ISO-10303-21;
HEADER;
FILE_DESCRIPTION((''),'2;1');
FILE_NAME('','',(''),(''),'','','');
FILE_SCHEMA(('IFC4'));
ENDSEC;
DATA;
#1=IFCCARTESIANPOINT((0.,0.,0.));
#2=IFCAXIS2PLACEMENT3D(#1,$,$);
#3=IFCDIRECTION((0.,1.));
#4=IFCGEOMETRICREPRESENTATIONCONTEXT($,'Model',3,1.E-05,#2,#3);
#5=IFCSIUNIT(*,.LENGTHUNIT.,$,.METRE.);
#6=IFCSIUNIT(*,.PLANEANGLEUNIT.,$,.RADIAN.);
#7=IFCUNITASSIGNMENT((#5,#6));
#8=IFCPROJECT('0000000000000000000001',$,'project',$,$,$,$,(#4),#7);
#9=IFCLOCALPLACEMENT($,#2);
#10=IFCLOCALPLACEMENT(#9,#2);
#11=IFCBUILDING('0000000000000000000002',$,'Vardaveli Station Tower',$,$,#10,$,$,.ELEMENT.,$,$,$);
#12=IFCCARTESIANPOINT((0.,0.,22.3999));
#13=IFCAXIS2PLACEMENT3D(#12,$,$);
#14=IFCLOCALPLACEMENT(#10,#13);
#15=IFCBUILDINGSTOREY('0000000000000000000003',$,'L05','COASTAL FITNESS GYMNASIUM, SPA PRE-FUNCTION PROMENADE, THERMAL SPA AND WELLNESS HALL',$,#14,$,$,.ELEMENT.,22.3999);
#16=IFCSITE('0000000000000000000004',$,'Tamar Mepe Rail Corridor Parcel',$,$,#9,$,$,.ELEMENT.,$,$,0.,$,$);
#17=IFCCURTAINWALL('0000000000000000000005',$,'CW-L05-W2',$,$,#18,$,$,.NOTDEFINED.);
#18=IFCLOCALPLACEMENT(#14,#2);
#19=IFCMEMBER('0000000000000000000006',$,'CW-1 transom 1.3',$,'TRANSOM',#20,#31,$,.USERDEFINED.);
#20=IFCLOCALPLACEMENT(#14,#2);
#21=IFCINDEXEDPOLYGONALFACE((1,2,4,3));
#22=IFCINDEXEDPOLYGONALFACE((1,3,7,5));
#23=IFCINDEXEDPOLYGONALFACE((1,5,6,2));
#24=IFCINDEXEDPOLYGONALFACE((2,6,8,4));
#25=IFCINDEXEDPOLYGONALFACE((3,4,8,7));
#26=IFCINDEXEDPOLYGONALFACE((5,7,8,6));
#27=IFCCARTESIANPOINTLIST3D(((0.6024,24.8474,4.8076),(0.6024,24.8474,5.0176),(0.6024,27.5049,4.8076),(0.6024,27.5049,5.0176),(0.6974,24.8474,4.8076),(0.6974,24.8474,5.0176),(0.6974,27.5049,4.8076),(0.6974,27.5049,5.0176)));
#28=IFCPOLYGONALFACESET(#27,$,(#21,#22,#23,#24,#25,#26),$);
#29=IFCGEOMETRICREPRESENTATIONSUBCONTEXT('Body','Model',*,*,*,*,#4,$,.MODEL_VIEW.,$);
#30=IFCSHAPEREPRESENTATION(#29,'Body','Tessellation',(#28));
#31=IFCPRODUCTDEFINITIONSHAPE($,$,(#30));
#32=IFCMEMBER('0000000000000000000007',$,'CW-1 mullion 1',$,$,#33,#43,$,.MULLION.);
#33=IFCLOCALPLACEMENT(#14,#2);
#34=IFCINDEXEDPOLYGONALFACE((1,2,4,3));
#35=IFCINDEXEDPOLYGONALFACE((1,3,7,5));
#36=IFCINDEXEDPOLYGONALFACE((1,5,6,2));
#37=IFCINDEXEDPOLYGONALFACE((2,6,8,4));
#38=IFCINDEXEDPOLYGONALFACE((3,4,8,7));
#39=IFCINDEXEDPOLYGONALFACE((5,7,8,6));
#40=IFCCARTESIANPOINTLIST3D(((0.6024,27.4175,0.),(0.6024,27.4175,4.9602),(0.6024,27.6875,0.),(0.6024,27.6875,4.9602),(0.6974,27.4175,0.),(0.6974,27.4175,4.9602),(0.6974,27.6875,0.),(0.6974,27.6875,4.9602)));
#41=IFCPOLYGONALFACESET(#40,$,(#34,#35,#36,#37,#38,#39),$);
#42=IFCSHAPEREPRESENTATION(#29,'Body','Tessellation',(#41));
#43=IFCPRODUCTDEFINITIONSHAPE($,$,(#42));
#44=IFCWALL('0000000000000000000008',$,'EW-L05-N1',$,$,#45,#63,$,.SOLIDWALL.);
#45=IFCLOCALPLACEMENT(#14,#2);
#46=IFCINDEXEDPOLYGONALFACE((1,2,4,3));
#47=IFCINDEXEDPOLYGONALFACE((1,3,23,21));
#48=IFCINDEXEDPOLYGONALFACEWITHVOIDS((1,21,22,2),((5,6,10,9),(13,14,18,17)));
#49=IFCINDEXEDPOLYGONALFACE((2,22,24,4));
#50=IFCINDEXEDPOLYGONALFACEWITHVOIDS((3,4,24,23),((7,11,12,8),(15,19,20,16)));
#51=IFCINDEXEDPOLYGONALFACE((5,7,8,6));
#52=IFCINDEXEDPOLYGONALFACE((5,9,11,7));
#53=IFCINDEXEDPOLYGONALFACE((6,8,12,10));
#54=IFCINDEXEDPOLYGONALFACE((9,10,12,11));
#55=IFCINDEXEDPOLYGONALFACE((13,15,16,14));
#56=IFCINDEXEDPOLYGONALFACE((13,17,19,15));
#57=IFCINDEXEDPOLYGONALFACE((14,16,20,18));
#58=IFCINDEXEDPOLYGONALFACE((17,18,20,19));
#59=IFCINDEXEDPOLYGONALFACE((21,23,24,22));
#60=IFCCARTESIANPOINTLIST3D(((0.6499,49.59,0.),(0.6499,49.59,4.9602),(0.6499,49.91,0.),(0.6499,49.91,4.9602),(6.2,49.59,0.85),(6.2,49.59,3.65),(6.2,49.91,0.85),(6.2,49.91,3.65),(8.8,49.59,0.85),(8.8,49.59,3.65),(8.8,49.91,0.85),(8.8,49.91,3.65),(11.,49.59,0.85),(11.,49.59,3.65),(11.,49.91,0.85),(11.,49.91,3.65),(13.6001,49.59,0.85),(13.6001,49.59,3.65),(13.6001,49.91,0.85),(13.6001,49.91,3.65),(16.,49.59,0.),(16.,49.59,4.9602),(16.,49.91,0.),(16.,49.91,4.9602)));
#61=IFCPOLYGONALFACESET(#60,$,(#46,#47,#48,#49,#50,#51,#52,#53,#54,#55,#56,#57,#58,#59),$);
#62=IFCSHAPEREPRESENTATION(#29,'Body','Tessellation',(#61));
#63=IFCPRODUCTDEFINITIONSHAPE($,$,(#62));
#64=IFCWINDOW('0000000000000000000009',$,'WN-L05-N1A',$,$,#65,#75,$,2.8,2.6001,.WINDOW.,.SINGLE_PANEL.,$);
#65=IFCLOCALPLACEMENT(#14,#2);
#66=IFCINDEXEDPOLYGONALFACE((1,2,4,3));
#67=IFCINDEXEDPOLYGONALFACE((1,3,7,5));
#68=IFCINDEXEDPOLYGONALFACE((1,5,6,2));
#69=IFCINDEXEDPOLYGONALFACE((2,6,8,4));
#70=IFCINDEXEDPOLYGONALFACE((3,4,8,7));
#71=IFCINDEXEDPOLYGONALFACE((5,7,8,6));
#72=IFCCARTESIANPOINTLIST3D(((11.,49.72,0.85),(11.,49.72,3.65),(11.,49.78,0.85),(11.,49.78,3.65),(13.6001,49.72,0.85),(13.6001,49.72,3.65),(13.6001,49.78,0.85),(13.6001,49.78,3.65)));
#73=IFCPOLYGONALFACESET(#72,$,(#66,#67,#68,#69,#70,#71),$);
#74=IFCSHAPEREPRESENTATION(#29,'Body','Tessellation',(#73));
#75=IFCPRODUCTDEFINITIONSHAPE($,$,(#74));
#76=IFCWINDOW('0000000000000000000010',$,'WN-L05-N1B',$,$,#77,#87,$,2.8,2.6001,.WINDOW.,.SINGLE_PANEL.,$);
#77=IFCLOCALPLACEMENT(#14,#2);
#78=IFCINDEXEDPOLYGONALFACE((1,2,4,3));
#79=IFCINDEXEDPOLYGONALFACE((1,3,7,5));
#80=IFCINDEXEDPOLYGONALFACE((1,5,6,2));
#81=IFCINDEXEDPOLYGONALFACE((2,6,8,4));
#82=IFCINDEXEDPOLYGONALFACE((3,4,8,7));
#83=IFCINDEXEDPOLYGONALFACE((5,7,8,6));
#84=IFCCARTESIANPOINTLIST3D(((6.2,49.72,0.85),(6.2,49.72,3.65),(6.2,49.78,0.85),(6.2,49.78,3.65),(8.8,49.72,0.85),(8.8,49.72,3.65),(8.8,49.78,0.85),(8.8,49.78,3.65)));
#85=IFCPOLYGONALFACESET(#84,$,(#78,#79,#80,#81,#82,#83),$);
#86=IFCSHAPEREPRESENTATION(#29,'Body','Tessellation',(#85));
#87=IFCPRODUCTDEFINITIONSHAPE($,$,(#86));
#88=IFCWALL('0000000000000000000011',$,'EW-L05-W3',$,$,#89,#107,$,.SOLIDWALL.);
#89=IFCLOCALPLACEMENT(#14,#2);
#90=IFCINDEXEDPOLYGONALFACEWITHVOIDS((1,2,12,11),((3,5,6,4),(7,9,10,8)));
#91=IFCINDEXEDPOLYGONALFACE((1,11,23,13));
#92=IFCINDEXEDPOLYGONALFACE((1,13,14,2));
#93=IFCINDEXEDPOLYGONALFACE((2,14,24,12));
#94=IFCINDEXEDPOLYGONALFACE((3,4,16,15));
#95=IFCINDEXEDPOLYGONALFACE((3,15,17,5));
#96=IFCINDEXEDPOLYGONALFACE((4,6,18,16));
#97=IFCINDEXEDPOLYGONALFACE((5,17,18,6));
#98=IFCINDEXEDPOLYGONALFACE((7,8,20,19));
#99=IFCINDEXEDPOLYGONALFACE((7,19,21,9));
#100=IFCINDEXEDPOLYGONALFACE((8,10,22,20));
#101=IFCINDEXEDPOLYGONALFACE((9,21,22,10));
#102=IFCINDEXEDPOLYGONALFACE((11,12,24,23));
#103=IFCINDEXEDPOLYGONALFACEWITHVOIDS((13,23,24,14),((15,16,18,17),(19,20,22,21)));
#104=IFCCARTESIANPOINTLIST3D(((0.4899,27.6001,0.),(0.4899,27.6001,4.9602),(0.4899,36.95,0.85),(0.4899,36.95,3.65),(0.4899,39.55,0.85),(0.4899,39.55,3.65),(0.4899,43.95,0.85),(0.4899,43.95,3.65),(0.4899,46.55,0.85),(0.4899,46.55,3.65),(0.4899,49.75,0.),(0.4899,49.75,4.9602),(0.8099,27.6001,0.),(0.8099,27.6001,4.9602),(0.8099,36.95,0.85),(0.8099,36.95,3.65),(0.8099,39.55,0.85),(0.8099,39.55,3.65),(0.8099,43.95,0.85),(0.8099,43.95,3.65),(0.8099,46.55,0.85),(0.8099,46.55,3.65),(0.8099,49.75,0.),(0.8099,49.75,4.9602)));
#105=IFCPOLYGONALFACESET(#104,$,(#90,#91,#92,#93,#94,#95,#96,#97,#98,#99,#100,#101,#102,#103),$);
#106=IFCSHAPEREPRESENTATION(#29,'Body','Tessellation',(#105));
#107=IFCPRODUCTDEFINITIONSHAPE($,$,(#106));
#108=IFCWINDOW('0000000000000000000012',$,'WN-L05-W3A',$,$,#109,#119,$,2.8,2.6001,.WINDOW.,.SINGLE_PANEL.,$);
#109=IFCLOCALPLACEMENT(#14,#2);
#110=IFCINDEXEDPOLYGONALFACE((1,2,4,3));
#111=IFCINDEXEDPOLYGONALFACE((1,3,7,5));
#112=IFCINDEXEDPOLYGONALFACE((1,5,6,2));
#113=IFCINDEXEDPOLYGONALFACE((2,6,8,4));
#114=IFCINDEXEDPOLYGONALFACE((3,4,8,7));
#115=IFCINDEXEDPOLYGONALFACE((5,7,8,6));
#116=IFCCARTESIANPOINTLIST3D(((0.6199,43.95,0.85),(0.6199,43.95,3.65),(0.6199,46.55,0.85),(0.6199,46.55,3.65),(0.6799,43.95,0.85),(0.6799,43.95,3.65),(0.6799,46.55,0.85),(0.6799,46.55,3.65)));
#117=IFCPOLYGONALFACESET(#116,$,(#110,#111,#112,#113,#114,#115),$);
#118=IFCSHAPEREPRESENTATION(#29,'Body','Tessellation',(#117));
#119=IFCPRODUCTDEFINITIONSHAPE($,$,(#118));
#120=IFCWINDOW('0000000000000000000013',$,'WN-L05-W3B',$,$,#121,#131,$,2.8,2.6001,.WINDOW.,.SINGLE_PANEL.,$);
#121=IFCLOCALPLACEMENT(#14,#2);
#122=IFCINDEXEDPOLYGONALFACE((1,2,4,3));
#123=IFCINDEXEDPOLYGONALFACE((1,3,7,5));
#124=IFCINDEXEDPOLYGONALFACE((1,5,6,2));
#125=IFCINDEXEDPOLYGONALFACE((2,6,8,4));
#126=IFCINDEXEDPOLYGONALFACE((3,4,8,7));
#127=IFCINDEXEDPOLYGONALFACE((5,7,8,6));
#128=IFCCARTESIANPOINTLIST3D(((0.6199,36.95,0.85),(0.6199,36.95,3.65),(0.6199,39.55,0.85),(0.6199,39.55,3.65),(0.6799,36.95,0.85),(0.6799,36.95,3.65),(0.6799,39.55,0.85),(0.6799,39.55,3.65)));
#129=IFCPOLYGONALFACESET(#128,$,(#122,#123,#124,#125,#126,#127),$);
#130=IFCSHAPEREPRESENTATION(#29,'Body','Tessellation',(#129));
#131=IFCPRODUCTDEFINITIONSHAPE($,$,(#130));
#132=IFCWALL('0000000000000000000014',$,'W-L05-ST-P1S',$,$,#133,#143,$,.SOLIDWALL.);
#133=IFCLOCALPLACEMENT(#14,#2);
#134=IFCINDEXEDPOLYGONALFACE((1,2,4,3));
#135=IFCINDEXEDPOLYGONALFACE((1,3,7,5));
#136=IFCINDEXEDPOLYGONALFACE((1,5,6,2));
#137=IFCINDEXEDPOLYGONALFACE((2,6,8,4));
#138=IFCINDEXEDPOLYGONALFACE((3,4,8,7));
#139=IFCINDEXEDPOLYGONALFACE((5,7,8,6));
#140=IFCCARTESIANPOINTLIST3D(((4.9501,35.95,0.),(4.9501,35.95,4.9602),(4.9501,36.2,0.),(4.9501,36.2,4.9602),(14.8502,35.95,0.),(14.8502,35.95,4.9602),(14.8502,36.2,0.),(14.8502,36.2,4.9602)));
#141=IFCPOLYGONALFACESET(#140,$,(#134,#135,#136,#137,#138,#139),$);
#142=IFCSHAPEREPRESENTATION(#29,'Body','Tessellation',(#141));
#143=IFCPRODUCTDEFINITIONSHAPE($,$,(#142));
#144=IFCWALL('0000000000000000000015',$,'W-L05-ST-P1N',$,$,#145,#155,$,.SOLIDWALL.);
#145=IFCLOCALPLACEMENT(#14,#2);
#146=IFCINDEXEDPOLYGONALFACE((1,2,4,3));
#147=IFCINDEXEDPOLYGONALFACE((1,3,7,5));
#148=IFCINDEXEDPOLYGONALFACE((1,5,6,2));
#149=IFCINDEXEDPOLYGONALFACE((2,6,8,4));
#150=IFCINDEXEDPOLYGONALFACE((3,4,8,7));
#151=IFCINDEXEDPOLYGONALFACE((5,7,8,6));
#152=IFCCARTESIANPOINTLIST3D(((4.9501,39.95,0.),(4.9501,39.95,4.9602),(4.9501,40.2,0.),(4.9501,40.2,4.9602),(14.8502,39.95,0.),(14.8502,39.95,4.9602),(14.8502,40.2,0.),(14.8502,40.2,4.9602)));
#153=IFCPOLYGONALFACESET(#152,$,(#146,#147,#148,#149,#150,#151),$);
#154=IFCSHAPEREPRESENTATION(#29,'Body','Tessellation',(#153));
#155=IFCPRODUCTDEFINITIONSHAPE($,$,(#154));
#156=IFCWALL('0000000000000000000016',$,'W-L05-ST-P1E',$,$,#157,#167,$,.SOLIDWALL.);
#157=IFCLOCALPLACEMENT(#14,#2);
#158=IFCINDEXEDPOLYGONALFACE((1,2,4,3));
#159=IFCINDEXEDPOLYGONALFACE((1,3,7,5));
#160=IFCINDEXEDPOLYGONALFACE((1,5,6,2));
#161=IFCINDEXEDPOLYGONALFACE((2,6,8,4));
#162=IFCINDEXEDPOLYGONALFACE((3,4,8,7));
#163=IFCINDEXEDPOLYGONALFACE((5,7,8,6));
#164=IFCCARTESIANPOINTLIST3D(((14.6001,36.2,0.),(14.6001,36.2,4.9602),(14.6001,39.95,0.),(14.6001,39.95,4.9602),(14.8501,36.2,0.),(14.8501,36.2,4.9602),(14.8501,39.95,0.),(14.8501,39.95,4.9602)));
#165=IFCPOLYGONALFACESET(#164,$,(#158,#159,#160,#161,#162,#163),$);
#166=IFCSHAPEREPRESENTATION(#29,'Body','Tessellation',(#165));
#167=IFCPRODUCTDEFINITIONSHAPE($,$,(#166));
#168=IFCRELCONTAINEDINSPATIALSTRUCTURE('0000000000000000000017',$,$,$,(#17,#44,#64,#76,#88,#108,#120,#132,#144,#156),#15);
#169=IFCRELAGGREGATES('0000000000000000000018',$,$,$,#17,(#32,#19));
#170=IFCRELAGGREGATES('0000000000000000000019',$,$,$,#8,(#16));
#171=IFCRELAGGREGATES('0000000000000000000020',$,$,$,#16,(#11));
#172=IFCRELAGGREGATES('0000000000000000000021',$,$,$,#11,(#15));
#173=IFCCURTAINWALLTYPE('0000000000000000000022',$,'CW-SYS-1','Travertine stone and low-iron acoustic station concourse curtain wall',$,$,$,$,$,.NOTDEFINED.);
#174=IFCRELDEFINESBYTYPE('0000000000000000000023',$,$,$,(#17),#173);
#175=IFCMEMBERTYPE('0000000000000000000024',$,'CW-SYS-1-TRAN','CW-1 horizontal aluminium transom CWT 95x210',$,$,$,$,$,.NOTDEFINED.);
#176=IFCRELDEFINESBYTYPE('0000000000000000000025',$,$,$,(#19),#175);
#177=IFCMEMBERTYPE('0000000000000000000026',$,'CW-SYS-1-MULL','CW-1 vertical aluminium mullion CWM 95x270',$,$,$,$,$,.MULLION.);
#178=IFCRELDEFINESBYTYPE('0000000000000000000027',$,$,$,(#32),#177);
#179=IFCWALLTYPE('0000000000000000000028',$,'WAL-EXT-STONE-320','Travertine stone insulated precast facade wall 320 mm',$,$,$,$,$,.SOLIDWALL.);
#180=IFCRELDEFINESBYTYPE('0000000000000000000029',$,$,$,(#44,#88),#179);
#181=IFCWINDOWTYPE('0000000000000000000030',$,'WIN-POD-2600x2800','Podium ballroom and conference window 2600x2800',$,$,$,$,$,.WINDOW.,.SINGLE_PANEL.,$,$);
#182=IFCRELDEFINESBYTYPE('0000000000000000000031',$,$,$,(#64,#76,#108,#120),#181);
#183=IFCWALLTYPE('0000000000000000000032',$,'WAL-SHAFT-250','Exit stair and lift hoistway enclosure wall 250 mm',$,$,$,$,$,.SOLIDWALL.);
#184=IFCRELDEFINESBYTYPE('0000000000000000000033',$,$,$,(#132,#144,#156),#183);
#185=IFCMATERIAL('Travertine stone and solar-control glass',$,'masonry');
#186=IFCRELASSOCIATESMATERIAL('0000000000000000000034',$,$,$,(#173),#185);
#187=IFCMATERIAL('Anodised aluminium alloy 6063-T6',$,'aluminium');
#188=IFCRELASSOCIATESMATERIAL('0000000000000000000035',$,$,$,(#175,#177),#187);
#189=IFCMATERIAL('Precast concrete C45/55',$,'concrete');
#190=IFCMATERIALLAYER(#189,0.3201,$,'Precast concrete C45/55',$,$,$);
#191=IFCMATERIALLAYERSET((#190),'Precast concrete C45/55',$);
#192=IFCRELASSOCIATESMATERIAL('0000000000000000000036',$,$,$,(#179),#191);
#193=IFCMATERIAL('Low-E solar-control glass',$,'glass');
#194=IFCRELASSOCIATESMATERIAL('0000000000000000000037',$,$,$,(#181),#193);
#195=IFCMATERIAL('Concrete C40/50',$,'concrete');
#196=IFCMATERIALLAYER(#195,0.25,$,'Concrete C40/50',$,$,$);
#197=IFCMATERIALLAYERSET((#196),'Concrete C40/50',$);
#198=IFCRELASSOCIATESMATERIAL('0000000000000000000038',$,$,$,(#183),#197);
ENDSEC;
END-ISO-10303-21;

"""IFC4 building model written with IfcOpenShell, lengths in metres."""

from ifc_helpers import new_model, si_unit, direction, frame, frame_2d, origin, origin_2d, place, context, subcontext, project, spatial, rectangle, extrude, source, transform, mapped, material, layer, layer_set, material_profile, profile_set, type_object, element, fill, aggregate, save


model = new_model("IFC4")

# Units and contexts
model_context = context("Model", 3, precision=1e-05, world=origin(), true_north=direction((0.0, 1.0)))
body_context = subcontext(model_context, "Body", "Model", "MODEL_VIEW")
ifc_project = project(units=[si_unit("LENGTHUNIT", "METRE"), si_unit("PLANEANGLEUNIT", "RADIAN")], contexts=[model_context])

# Site, building, storey
site_placement = place(None, origin())
site = spatial("IfcSite", under=ifc_project, at=site_placement, Name="Tamar Mepe Rail Corridor Parcel", CompositionType="ELEMENT", RefElevation=0.0)
building_placement = place(site_placement, origin())
building = spatial("IfcBuilding", under=site, at=building_placement, Name="Vardaveli Station Tower", CompositionType="ELEMENT")
storey_placement = place(building_placement, frame((0.0, 0.0, 22.3999)))
storey = spatial("IfcBuildingStorey", under=building, at=storey_placement, Name="L05", Description="COASTAL FITNESS GYMNASIUM, SPA PRE-FUNCTION PROMENADE, THERMAL SPA AND WELLNESS HALL", CompositionType="ELEMENT", Elevation=22.3999)

# Curtain wall, members
ifc_material_1 = material(Name="Travertine stone and solar-control glass", Category="masonry")
curtain_wall_type = type_object("IfcCurtainWallType", Name="CW-SYS-1", Description="Travertine stone and low-iron acoustic station concourse curtain wall", PredefinedType="NOTDEFINED", material=ifc_material_1)
curtain_wall_placement = place(storey_placement, origin())
curtain_wall = element("IfcCurtainWall", 1, at=curtain_wall_placement, inside=storey, type_object=curtain_wall_type, Name="CW-L05-W2", PredefinedType="NOTDEFINED")
ifc_material_2 = material(Name="Anodised aluminium alloy 6063-T6", Category="aluminium")
ifc_material_profile_1 = material_profile(ifc_material_2, rectangle(XDim=0.095, YDim=0.21, at=origin_2d()), Name="CWT 95x210")
ifc_profile_set_1 = profile_set([ifc_material_profile_1], Name="Anodised aluminium alloy 6063-T6")
member_type_1 = type_object("IfcMemberType", Name="CW-SYS-1-TRAN", Description="CW-1 horizontal aluminium transom CWT 95x210", PredefinedType="NOTDEFINED", material=ifc_profile_set_1)
shared_shape_1 = source(origin(), body_context, "Body", "SweptSolid", [
    extrude(rectangle(XDim=0.095, YDim=0.21, at=origin_2d()), origin(), (0.0, 0.0, 1.0), 2.6575),
])
member_1_placement = place(storey_placement, frame((0.6499, 27.5049, 4.9126), z_axis=(0.0, -1.0, 0.0), x_axis=(1.0, 0.0, 0.0)))
member_1 = element("IfcMember", 2, at=member_1_placement, type_object=member_type_1, Name="CW-1 transom 1.3", ObjectType="TRANSOM", PredefinedType="USERDEFINED", context=body_context, shape_type="MappedRepresentation", body=[
    mapped(shared_shape_1, transform((0.0, 0.0, 0.0), scale=1.0)),
])
ifc_material_profile_2 = material_profile(ifc_material_2, rectangle(XDim=0.095, YDim=0.27, at=origin_2d()), Name="CWM 95x270")
ifc_profile_set_2 = profile_set([ifc_material_profile_2], Name="Anodised aluminium alloy 6063-T6")
member_type_2 = type_object("IfcMemberType", Name="CW-SYS-1-MULL", Description="CW-1 vertical aluminium mullion CWM 95x270", PredefinedType="MULLION", material=ifc_profile_set_2)
shared_shape_2 = source(origin(), body_context, "Body", "SweptSolid", [
    extrude(rectangle(XDim=0.095, YDim=0.27, at=origin_2d()), origin(), (0.0, 0.0, 1.0), 4.9602),
])
member_2_placement = place(storey_placement, frame((0.6499, 27.5525, 0.0), z_axis=(0.0, 0.0, 1.0), x_axis=(1.0, 0.0, 0.0)))
member_2 = element("IfcMember", 3, at=member_2_placement, type_object=member_type_2, Name="CW-1 mullion 1", PredefinedType="MULLION", context=body_context, shape_type="MappedRepresentation", body=[
    mapped(shared_shape_2, transform((0.0, 0.0, 0.0), scale=1.0)),
])
aggregate(curtain_wall, [member_2, member_1])

# Walls, openings, windows
ifc_material_3 = material(Name="Precast concrete C45/55", Category="concrete")
ifc_layer_1 = layer(ifc_material_3, 0.3201, Name="Precast concrete C45/55")
ifc_layer_set_1 = layer_set([ifc_layer_1], Name="Precast concrete C45/55")
wall_type_1 = type_object("IfcWallType", Name="WAL-EXT-STONE-320", Description="Travertine stone insulated precast facade wall 320 mm", PredefinedType="SOLIDWALL", material=ifc_layer_set_1)
shared_shape_3 = source(origin(), body_context, "Body", "SweptSolid", [
    extrude(rectangle(XDim=15.3501, YDim=0.3201, at=frame_2d((7.675, 0.0))), origin(), (0.0, 0.0, 1.0), 4.9602),
])
wall_1_placement = place(storey_placement, frame((16.0, 49.75, 0.0), z_axis=(0.0, 0.0, 1.0), x_axis=(-1.0, 0.0, 0.0)))
wall_1 = element("IfcWall", 4, at=wall_1_placement, inside=storey, type_object=wall_type_1, Name="EW-L05-N1", PredefinedType="SOLIDWALL", context=body_context, shape_type="MappedRepresentation", body=[
    mapped(shared_shape_3, transform((0.0, 0.0, 0.0), scale=1.0)),
])
shared_shape_4 = source(origin(), body_context, "Body", "SweptSolid", [
    extrude(rectangle(XDim=2.6001, YDim=2.8, at=frame_2d((1.3, 1.3999))), frame((0.0, 0.1699, 0.0), z_axis=(0.0, -1.0, 0.0), x_axis=(1.0, 0.0, 0.0)), (0.0, 0.0, 1.0), 0.3401),
])
opening_1_placement = place(wall_1_placement, frame((2.3999, 0.0, 0.8501)))
opening_1 = element("IfcOpeningElement", 5, at=opening_1_placement, cuts=wall_1, PredefinedType="OPENING", context=body_context, shape_type="MappedRepresentation", body=[
    mapped(shared_shape_4, transform((0.0, 0.0, 0.0), scale=1.0)),
])
opening_2_placement = place(wall_1_placement, frame((7.2, 0.0, 0.8501)))
opening_2 = element("IfcOpeningElement", 6, at=opening_2_placement, cuts=wall_1, PredefinedType="OPENING", context=body_context, shape_type="MappedRepresentation", body=[
    mapped(shared_shape_4, transform((0.0, 0.0, 0.0), scale=1.0)),
])
ifc_material_4 = material(Name="Low-E solar-control glass", Category="glass")
window_type = type_object("IfcWindowType", Name="WIN-POD-2600x2800", Description="Podium ballroom and conference window 2600x2800", PartitioningType="SINGLE_PANEL", PredefinedType="WINDOW", material=ifc_material_4)
shared_shape_5 = source(origin(), body_context, "Body", "SweptSolid", [
    extrude(rectangle(XDim=2.6001, YDim=2.8, at=frame_2d((1.3, 1.3999))), frame((0.0, 0.03, 0.0), z_axis=(0.0, -1.0, 0.0), x_axis=(1.0, 0.0, 0.0)), (0.0, 0.0, 1.0), 0.0601),
])
window_1_placement = place(opening_1_placement, origin())
window_1 = element("IfcWindow", 7, at=window_1_placement, inside=storey, type_object=window_type, Name="WN-L05-N1A", OverallHeight=2.8, OverallWidth=2.6001, PartitioningType="SINGLE_PANEL", PredefinedType="WINDOW", context=body_context, shape_type="MappedRepresentation", body=[
    mapped(shared_shape_5, transform((0.0, 0.0, 0.0), scale=1.0)),
])
fill(opening_1, window_1)
window_2_placement = place(opening_2_placement, origin())
window_2 = element("IfcWindow", 8, at=window_2_placement, inside=storey, type_object=window_type, Name="WN-L05-N1B", OverallHeight=2.8, OverallWidth=2.6001, PartitioningType="SINGLE_PANEL", PredefinedType="WINDOW", context=body_context, shape_type="MappedRepresentation", body=[
    mapped(shared_shape_5, transform((0.0, 0.0, 0.0), scale=1.0)),
])
fill(opening_2, window_2)
shared_shape_6 = source(origin(), body_context, "Body", "SweptSolid", [
    extrude(rectangle(XDim=22.1499, YDim=0.3201, at=frame_2d((11.075, 0.0))), origin(), (0.0, 0.0, 1.0), 4.9602),
])
wall_2_placement = place(storey_placement, frame((0.6499, 49.75, 0.0), z_axis=(0.0, 0.0, 1.0), x_axis=(0.0, -1.0, 0.0)))
wall_2 = element("IfcWall", 9, at=wall_2_placement, inside=storey, type_object=wall_type_1, Name="EW-L05-W3", PredefinedType="SOLIDWALL", context=body_context, shape_type="MappedRepresentation", body=[
    mapped(shared_shape_6, transform((0.0, 0.0, 0.0), scale=1.0)),
])
opening_3_placement = place(wall_2_placement, frame((3.2, 0.0, 0.8501)))
opening_3 = element("IfcOpeningElement", 10, at=opening_3_placement, cuts=wall_2, PredefinedType="OPENING", context=body_context, shape_type="MappedRepresentation", body=[
    mapped(shared_shape_4, transform((0.0, 0.0, 0.0), scale=1.0)),
])
opening_4_placement = place(wall_2_placement, frame((10.2, 0.0, 0.8501)))
opening_4 = element("IfcOpeningElement", 11, at=opening_4_placement, cuts=wall_2, PredefinedType="OPENING", context=body_context, shape_type="MappedRepresentation", body=[
    mapped(shared_shape_4, transform((0.0, 0.0, 0.0), scale=1.0)),
])
window_3_placement = place(opening_3_placement, origin())
window_3 = element("IfcWindow", 12, at=window_3_placement, inside=storey, type_object=window_type, Name="WN-L05-W3A", OverallHeight=2.8, OverallWidth=2.6001, PartitioningType="SINGLE_PANEL", PredefinedType="WINDOW", context=body_context, shape_type="MappedRepresentation", body=[
    mapped(shared_shape_5, transform((0.0, 0.0, 0.0), scale=1.0)),
])
fill(opening_3, window_3)
window_4_placement = place(opening_4_placement, origin())
window_4 = element("IfcWindow", 13, at=window_4_placement, inside=storey, type_object=window_type, Name="WN-L05-W3B", OverallHeight=2.8, OverallWidth=2.6001, PartitioningType="SINGLE_PANEL", PredefinedType="WINDOW", context=body_context, shape_type="MappedRepresentation", body=[
    mapped(shared_shape_5, transform((0.0, 0.0, 0.0), scale=1.0)),
])
fill(opening_4, window_4)

# Walls
ifc_material_5 = material(Name="Concrete C40/50", Category="concrete")
ifc_layer_2 = layer(ifc_material_5, 0.25, Name="Concrete C40/50")
ifc_layer_set_2 = layer_set([ifc_layer_2], Name="Concrete C40/50")
wall_type_2 = type_object("IfcWallType", Name="WAL-SHAFT-250", Description="Exit stair and lift hoistway enclosure wall 250 mm", PredefinedType="SOLIDWALL", material=ifc_layer_set_2)
shared_shape_7 = source(origin(), body_context, "Body", "SweptSolid", [
    extrude(rectangle(XDim=9.9001, YDim=0.25, at=frame_2d((4.9502, 0.0))), origin(), (0.0, 0.0, 1.0), 4.9602),
])
for number, where, z_axis, x_axis, name in (
    (14, (4.95, 36.075, 0.0), (0.0, 0.0, 1.0), (1.0, 0.0, 0.0), "W-L05-ST-P1S"),
    (15, (4.95, 40.075, 0.0), (0.0, 0.0, 1.0), (1.0, 0.0, 0.0), "W-L05-ST-P1N"),
):
    element("IfcWall", number, at=place(storey_placement, frame(where, z_axis=z_axis, x_axis=x_axis)), inside=storey, type_object=wall_type_2, Name=name, PredefinedType="SOLIDWALL", context=body_context, shape_type="MappedRepresentation", body=[
        mapped(shared_shape_7, transform((0.0, 0.0, 0.0), scale=1.0)),
    ])
shared_shape_8 = source(origin(), body_context, "Body", "SweptSolid", [
    extrude(rectangle(XDim=3.75, YDim=0.25, at=frame_2d((1.875, 0.0))), origin(), (0.0, 0.0, 1.0), 4.9602),
])
wall_3_placement = place(storey_placement, frame((14.7251, 36.2, 0.0), z_axis=(0.0, 0.0, 1.0), x_axis=(0.0, 1.0, 0.0)))
element("IfcWall", 16, at=wall_3_placement, inside=storey, type_object=wall_type_2, Name="W-L05-ST-P1E", PredefinedType="SOLIDWALL", context=body_context, shape_type="MappedRepresentation", body=[
    mapped(shared_shape_8, transform((0.0, 0.0, 0.0), scale=1.0)),
])

save(model, "model.ifc")
